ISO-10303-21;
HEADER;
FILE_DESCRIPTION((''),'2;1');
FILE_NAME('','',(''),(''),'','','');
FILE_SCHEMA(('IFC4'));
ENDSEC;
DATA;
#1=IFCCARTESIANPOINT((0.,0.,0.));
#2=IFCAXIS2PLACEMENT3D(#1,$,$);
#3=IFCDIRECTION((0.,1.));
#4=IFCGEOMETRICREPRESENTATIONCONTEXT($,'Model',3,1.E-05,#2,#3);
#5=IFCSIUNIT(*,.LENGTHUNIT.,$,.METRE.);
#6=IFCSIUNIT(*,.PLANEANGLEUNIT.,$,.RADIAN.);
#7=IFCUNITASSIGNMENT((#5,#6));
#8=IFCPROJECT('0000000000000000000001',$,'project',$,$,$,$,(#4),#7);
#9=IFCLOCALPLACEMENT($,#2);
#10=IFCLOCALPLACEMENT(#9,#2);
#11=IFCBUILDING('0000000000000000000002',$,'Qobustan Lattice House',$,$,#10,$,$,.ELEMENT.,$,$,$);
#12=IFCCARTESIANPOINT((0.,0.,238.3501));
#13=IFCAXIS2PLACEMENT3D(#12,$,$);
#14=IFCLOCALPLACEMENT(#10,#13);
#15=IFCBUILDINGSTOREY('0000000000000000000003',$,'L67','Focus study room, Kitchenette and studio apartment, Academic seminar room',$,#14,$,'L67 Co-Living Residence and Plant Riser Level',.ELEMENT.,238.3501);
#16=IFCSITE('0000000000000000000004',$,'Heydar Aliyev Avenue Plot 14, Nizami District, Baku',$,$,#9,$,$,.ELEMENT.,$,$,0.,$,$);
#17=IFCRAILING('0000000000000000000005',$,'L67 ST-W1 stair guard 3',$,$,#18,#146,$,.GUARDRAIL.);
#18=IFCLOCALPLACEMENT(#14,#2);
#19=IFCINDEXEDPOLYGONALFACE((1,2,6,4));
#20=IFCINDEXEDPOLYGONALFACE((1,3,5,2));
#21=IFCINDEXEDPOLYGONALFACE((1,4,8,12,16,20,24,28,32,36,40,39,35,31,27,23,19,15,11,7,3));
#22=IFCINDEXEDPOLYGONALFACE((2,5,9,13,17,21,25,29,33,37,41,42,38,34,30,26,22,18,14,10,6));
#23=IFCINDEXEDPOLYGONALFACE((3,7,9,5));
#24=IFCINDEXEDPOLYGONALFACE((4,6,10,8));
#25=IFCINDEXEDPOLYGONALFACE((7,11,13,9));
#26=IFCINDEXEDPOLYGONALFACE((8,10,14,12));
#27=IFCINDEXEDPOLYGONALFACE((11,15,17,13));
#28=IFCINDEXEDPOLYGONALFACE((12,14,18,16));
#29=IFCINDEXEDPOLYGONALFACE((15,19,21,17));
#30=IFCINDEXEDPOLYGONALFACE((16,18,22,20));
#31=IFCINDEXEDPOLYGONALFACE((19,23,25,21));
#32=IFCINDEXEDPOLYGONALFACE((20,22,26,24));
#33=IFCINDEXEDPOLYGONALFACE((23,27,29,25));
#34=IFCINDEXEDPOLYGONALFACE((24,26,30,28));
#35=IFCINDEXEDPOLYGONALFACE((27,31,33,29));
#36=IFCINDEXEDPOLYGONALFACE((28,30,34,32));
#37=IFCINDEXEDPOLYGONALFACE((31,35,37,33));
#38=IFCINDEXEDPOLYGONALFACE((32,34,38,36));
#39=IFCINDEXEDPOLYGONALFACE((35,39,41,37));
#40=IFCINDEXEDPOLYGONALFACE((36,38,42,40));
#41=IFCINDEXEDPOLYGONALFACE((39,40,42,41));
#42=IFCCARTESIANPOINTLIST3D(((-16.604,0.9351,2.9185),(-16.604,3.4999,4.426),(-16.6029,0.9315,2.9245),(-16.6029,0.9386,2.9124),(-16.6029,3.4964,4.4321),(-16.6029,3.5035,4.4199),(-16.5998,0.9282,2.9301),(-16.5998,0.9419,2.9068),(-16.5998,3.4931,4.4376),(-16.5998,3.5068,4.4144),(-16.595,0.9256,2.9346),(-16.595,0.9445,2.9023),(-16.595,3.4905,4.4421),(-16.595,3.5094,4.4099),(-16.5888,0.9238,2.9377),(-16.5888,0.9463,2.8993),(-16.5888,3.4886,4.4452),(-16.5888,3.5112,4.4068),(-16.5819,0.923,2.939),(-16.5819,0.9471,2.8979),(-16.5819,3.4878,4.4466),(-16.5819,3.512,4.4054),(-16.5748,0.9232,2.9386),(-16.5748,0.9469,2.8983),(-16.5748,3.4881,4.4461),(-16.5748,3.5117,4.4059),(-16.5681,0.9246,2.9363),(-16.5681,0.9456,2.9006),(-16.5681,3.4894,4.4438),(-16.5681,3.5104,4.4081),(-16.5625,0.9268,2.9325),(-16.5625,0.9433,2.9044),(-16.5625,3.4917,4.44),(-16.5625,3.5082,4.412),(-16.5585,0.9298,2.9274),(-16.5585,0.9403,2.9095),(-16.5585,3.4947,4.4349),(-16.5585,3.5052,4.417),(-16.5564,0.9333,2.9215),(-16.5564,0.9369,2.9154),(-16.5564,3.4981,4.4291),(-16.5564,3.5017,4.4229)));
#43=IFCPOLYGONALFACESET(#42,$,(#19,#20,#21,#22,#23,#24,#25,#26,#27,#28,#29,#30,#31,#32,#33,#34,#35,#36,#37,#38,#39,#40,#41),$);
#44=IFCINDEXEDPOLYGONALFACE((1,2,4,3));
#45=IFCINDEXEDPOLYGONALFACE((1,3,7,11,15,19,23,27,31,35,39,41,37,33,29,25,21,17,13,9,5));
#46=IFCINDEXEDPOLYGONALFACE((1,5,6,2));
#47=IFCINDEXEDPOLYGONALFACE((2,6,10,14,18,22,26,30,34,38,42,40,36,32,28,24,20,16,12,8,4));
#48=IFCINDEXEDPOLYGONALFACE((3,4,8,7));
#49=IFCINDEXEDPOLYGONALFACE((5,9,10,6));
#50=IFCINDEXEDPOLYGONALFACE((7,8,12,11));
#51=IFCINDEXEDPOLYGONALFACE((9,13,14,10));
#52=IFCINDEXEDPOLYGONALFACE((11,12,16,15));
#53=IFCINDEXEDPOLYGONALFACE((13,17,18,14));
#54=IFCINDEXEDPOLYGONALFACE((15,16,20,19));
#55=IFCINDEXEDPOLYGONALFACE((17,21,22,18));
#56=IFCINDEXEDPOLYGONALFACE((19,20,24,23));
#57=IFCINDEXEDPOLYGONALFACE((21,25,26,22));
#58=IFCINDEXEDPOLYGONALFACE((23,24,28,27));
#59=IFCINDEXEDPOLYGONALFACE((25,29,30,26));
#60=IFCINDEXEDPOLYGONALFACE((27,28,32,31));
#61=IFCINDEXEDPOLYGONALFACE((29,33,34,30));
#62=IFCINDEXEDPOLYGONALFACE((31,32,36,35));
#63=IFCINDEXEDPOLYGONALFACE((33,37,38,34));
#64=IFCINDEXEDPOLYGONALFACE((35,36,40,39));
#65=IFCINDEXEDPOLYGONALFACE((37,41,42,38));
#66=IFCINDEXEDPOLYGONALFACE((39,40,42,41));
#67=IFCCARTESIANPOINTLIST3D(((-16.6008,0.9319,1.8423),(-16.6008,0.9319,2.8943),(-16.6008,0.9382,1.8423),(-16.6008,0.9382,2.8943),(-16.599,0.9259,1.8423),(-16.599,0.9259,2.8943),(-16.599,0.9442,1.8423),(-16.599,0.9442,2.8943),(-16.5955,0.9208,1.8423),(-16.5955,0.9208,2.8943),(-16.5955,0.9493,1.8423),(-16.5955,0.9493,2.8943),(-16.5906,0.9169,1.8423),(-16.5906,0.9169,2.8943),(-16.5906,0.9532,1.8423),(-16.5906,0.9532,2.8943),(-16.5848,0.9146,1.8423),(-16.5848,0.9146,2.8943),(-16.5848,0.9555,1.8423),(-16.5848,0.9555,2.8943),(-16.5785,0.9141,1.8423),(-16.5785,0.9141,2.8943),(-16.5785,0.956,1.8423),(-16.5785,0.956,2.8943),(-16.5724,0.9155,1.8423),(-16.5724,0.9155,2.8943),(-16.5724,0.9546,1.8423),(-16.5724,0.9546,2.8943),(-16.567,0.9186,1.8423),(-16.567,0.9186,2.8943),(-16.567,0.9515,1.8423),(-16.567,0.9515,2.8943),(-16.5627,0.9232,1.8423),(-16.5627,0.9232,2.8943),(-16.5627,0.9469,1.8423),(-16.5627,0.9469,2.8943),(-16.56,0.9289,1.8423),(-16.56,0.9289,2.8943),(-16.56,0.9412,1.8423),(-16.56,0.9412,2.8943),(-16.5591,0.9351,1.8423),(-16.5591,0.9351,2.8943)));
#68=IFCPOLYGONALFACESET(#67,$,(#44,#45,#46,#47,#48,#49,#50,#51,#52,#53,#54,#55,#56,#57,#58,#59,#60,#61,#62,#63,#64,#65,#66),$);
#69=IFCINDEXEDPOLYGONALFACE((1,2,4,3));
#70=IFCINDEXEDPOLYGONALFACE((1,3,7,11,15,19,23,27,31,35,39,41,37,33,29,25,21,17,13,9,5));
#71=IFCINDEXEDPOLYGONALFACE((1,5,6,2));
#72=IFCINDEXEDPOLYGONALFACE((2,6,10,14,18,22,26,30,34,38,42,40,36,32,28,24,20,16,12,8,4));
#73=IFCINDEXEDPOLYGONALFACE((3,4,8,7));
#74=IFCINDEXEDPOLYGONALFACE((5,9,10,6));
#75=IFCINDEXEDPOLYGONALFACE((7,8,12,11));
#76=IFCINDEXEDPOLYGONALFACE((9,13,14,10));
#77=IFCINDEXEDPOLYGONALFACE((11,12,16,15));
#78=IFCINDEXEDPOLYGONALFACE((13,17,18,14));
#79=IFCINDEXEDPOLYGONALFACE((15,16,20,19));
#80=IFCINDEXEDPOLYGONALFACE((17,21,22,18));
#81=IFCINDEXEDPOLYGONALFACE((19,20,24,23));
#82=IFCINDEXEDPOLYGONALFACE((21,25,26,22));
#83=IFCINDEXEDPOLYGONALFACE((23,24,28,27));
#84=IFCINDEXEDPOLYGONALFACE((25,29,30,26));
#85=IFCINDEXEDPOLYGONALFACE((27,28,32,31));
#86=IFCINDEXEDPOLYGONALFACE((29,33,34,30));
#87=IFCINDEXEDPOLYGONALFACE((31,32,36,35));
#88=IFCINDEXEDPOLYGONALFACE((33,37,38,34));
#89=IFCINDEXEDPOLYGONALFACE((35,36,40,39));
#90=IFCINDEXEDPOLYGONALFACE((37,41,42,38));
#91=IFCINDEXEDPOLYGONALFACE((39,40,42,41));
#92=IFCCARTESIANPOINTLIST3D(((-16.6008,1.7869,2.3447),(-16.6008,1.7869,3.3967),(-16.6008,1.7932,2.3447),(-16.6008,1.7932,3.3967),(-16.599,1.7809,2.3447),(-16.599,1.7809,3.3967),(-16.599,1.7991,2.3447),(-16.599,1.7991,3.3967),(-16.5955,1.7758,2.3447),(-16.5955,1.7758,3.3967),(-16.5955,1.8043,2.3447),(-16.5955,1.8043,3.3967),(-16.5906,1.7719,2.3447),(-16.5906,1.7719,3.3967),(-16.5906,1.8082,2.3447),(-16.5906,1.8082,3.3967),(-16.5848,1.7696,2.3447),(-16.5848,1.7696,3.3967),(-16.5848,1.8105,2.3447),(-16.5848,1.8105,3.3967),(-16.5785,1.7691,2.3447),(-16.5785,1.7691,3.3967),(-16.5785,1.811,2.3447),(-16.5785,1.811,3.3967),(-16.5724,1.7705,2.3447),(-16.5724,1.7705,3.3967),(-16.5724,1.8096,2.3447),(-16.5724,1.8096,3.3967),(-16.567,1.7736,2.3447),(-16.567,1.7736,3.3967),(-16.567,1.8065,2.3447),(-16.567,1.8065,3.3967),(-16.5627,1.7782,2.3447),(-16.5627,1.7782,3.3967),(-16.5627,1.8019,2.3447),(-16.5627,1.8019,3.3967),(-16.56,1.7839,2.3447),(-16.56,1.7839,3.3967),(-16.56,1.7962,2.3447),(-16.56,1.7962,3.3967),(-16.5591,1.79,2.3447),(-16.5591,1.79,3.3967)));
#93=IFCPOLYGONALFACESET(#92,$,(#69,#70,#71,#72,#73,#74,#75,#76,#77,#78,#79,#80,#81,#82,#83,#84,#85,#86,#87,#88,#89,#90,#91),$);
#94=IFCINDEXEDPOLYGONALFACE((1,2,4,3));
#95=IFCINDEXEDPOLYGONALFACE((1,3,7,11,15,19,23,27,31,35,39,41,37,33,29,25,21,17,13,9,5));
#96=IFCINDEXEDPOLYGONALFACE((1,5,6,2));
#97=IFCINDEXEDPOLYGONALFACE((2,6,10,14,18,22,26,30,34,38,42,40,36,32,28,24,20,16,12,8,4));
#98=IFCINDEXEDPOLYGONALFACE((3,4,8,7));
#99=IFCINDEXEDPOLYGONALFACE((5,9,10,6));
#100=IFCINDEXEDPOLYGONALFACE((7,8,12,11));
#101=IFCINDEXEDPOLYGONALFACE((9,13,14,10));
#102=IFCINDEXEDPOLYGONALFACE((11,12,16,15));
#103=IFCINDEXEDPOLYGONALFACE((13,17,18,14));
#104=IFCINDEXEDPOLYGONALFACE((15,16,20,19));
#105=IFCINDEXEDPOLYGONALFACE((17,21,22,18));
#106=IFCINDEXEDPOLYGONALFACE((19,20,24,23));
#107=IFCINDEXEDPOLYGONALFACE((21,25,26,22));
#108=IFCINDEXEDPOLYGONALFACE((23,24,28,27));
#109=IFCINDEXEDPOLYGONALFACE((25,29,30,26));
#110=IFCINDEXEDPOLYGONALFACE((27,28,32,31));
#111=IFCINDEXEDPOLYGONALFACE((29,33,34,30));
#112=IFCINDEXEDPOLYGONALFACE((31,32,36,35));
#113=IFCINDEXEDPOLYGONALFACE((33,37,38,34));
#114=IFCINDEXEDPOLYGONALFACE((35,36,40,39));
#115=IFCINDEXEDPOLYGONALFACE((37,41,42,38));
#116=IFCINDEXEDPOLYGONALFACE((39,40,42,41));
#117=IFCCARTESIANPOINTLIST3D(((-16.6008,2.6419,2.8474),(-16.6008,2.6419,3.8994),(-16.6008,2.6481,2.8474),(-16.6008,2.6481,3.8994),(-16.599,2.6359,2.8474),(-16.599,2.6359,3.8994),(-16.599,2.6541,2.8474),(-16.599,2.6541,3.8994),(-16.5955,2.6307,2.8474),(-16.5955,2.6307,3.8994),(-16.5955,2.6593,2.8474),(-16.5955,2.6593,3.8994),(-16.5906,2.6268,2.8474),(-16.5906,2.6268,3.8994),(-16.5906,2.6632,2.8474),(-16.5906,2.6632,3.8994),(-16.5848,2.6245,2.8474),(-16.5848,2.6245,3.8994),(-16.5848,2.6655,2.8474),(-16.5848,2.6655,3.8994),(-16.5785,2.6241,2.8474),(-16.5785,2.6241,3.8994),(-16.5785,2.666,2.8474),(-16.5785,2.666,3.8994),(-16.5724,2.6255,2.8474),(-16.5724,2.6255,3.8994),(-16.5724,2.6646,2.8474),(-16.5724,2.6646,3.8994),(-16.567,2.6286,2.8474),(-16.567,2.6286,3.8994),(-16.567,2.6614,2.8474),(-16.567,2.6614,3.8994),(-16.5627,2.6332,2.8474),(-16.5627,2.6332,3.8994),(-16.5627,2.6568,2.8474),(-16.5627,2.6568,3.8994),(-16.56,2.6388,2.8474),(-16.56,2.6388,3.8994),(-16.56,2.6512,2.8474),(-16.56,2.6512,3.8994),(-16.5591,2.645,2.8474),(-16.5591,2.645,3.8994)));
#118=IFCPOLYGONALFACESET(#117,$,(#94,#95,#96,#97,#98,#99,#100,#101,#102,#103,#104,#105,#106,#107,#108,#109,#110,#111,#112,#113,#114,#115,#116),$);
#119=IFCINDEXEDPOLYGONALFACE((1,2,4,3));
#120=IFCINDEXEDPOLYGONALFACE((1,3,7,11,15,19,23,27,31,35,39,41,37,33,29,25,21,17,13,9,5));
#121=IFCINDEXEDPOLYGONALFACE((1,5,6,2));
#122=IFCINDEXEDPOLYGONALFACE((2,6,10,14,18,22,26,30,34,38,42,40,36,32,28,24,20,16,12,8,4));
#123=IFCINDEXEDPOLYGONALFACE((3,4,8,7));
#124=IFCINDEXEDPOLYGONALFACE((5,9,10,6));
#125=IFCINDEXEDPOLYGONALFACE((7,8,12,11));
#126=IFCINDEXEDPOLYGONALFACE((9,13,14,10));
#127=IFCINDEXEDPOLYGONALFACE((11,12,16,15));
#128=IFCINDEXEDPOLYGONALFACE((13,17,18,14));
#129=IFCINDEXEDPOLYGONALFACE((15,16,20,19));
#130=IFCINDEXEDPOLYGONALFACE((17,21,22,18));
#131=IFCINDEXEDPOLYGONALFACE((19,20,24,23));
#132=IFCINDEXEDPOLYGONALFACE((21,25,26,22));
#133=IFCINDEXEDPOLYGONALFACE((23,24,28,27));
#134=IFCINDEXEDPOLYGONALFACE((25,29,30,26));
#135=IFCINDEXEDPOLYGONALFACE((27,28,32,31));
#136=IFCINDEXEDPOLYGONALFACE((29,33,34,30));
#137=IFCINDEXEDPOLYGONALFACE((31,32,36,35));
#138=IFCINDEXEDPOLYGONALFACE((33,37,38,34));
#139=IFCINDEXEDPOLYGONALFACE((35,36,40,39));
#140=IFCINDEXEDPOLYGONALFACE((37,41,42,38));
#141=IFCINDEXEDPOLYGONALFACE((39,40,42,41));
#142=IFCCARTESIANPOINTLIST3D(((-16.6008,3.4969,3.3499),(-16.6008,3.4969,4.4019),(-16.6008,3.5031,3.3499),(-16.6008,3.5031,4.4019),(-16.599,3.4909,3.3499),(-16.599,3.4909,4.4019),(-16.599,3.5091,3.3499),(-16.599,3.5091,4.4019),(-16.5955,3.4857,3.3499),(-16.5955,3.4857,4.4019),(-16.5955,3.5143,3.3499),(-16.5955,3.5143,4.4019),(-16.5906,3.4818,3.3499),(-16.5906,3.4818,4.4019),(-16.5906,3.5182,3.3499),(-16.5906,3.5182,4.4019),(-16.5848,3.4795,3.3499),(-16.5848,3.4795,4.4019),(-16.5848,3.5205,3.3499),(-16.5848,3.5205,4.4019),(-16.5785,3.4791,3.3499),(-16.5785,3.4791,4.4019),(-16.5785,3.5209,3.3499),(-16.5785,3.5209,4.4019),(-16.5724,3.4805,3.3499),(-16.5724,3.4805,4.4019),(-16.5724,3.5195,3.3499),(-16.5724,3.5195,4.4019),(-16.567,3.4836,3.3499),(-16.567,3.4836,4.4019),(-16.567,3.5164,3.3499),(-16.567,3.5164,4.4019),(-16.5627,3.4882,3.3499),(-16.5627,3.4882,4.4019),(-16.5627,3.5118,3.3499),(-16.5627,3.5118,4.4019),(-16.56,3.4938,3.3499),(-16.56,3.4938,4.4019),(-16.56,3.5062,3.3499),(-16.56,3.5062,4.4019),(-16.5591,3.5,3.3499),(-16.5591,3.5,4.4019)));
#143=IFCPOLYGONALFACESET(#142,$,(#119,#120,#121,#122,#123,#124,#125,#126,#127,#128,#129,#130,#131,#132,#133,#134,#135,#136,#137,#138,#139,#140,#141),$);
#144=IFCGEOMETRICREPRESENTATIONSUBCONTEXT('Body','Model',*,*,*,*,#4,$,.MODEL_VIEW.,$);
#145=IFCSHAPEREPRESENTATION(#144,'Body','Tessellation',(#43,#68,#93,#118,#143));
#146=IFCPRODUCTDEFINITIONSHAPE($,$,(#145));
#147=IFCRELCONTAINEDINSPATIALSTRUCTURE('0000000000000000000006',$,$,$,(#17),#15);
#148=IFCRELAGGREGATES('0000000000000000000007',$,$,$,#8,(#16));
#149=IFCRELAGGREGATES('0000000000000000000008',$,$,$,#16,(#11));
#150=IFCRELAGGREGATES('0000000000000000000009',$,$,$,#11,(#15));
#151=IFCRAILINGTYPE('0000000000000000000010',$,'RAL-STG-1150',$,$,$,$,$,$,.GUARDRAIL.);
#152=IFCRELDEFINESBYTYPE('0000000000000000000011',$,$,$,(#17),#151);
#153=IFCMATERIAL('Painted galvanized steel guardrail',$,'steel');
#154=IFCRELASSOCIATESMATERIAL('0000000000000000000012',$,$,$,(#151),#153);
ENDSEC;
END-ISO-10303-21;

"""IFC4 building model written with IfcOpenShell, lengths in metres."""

from ifc_helpers import new_model, si_unit, direction, frame, origin, origin_2d, place, context, subcontext, project, spatial, circle, extrude, material, type_object, element, save


model = new_model("IFC4")

# Units and contexts
model_context = context("Model", 3, precision=1e-05, world=origin(), true_north=direction((0.0, 1.0)))
body_context = subcontext(model_context, "Body", "Model", "MODEL_VIEW")
ifc_project = project(units=[si_unit("LENGTHUNIT", "METRE"), si_unit("PLANEANGLEUNIT", "RADIAN")], contexts=[model_context])

# Site, building, storey
site_placement = place(None, origin())
site = spatial("IfcSite", under=ifc_project, at=site_placement, Name="Heydar Aliyev Avenue Plot 14, Nizami District, Baku", CompositionType="ELEMENT", RefElevation=0.0)
building_placement = place(site_placement, origin())
building = spatial("IfcBuilding", under=site, at=building_placement, Name="Qobustan Lattice House", CompositionType="ELEMENT")
storey_placement = place(building_placement, frame((0.0, 0.0, 238.3501)))
storey = spatial("IfcBuildingStorey", under=building, at=storey_placement, Name="L67", Description="Focus study room, Kitchenette and studio apartment, Academic seminar room", LongName="L67 Co-Living Residence and Plant Riser Level", CompositionType="ELEMENT", Elevation=238.3501)

# Railing
ifc_material_1 = material(Name="Painted galvanized steel guardrail", Category="steel")
railing_type = type_object("IfcRailingType", Name="RAL-STG-1150", PredefinedType="GUARDRAIL", material=ifc_material_1)
railing_placement = place(storey_placement, frame((-16.5801, 0.9351, 1.8423)))
element("IfcRailing", 1, at=railing_placement, inside=storey, type_object=railing_type, Name="L67 ST-W1 stair guard 3", PredefinedType="GUARDRAIL", context=body_context, shape_type="SweptSolid", body=[
    extrude(circle(Radius=0.0239, at=origin_2d()), frame((0.0, 0.0, 1.0762), z_axis=(0.0, 0.862113, 0.506715), x_axis=(-1.0, 0.0, 0.0)), (0.0, 0.0, 1.0), 2.9751),
    extrude(circle(Radius=0.021, at=origin_2d()), origin(), (0.0, 0.0, 1.0), 1.052),
    extrude(circle(Radius=0.021, at=origin_2d()), frame((0.0, 0.855, 0.5024)), (0.0, 0.0, 1.0), 1.052),
    extrude(circle(Radius=0.021, at=origin_2d()), frame((0.0, 1.71, 1.0051)), (0.0, 0.0, 1.0), 1.052),
    extrude(circle(Radius=0.021, at=origin_2d()), frame((0.0, 2.5649, 1.5076)), (0.0, 0.0, 1.0), 1.052),
])

save(model, "model.ifc")
